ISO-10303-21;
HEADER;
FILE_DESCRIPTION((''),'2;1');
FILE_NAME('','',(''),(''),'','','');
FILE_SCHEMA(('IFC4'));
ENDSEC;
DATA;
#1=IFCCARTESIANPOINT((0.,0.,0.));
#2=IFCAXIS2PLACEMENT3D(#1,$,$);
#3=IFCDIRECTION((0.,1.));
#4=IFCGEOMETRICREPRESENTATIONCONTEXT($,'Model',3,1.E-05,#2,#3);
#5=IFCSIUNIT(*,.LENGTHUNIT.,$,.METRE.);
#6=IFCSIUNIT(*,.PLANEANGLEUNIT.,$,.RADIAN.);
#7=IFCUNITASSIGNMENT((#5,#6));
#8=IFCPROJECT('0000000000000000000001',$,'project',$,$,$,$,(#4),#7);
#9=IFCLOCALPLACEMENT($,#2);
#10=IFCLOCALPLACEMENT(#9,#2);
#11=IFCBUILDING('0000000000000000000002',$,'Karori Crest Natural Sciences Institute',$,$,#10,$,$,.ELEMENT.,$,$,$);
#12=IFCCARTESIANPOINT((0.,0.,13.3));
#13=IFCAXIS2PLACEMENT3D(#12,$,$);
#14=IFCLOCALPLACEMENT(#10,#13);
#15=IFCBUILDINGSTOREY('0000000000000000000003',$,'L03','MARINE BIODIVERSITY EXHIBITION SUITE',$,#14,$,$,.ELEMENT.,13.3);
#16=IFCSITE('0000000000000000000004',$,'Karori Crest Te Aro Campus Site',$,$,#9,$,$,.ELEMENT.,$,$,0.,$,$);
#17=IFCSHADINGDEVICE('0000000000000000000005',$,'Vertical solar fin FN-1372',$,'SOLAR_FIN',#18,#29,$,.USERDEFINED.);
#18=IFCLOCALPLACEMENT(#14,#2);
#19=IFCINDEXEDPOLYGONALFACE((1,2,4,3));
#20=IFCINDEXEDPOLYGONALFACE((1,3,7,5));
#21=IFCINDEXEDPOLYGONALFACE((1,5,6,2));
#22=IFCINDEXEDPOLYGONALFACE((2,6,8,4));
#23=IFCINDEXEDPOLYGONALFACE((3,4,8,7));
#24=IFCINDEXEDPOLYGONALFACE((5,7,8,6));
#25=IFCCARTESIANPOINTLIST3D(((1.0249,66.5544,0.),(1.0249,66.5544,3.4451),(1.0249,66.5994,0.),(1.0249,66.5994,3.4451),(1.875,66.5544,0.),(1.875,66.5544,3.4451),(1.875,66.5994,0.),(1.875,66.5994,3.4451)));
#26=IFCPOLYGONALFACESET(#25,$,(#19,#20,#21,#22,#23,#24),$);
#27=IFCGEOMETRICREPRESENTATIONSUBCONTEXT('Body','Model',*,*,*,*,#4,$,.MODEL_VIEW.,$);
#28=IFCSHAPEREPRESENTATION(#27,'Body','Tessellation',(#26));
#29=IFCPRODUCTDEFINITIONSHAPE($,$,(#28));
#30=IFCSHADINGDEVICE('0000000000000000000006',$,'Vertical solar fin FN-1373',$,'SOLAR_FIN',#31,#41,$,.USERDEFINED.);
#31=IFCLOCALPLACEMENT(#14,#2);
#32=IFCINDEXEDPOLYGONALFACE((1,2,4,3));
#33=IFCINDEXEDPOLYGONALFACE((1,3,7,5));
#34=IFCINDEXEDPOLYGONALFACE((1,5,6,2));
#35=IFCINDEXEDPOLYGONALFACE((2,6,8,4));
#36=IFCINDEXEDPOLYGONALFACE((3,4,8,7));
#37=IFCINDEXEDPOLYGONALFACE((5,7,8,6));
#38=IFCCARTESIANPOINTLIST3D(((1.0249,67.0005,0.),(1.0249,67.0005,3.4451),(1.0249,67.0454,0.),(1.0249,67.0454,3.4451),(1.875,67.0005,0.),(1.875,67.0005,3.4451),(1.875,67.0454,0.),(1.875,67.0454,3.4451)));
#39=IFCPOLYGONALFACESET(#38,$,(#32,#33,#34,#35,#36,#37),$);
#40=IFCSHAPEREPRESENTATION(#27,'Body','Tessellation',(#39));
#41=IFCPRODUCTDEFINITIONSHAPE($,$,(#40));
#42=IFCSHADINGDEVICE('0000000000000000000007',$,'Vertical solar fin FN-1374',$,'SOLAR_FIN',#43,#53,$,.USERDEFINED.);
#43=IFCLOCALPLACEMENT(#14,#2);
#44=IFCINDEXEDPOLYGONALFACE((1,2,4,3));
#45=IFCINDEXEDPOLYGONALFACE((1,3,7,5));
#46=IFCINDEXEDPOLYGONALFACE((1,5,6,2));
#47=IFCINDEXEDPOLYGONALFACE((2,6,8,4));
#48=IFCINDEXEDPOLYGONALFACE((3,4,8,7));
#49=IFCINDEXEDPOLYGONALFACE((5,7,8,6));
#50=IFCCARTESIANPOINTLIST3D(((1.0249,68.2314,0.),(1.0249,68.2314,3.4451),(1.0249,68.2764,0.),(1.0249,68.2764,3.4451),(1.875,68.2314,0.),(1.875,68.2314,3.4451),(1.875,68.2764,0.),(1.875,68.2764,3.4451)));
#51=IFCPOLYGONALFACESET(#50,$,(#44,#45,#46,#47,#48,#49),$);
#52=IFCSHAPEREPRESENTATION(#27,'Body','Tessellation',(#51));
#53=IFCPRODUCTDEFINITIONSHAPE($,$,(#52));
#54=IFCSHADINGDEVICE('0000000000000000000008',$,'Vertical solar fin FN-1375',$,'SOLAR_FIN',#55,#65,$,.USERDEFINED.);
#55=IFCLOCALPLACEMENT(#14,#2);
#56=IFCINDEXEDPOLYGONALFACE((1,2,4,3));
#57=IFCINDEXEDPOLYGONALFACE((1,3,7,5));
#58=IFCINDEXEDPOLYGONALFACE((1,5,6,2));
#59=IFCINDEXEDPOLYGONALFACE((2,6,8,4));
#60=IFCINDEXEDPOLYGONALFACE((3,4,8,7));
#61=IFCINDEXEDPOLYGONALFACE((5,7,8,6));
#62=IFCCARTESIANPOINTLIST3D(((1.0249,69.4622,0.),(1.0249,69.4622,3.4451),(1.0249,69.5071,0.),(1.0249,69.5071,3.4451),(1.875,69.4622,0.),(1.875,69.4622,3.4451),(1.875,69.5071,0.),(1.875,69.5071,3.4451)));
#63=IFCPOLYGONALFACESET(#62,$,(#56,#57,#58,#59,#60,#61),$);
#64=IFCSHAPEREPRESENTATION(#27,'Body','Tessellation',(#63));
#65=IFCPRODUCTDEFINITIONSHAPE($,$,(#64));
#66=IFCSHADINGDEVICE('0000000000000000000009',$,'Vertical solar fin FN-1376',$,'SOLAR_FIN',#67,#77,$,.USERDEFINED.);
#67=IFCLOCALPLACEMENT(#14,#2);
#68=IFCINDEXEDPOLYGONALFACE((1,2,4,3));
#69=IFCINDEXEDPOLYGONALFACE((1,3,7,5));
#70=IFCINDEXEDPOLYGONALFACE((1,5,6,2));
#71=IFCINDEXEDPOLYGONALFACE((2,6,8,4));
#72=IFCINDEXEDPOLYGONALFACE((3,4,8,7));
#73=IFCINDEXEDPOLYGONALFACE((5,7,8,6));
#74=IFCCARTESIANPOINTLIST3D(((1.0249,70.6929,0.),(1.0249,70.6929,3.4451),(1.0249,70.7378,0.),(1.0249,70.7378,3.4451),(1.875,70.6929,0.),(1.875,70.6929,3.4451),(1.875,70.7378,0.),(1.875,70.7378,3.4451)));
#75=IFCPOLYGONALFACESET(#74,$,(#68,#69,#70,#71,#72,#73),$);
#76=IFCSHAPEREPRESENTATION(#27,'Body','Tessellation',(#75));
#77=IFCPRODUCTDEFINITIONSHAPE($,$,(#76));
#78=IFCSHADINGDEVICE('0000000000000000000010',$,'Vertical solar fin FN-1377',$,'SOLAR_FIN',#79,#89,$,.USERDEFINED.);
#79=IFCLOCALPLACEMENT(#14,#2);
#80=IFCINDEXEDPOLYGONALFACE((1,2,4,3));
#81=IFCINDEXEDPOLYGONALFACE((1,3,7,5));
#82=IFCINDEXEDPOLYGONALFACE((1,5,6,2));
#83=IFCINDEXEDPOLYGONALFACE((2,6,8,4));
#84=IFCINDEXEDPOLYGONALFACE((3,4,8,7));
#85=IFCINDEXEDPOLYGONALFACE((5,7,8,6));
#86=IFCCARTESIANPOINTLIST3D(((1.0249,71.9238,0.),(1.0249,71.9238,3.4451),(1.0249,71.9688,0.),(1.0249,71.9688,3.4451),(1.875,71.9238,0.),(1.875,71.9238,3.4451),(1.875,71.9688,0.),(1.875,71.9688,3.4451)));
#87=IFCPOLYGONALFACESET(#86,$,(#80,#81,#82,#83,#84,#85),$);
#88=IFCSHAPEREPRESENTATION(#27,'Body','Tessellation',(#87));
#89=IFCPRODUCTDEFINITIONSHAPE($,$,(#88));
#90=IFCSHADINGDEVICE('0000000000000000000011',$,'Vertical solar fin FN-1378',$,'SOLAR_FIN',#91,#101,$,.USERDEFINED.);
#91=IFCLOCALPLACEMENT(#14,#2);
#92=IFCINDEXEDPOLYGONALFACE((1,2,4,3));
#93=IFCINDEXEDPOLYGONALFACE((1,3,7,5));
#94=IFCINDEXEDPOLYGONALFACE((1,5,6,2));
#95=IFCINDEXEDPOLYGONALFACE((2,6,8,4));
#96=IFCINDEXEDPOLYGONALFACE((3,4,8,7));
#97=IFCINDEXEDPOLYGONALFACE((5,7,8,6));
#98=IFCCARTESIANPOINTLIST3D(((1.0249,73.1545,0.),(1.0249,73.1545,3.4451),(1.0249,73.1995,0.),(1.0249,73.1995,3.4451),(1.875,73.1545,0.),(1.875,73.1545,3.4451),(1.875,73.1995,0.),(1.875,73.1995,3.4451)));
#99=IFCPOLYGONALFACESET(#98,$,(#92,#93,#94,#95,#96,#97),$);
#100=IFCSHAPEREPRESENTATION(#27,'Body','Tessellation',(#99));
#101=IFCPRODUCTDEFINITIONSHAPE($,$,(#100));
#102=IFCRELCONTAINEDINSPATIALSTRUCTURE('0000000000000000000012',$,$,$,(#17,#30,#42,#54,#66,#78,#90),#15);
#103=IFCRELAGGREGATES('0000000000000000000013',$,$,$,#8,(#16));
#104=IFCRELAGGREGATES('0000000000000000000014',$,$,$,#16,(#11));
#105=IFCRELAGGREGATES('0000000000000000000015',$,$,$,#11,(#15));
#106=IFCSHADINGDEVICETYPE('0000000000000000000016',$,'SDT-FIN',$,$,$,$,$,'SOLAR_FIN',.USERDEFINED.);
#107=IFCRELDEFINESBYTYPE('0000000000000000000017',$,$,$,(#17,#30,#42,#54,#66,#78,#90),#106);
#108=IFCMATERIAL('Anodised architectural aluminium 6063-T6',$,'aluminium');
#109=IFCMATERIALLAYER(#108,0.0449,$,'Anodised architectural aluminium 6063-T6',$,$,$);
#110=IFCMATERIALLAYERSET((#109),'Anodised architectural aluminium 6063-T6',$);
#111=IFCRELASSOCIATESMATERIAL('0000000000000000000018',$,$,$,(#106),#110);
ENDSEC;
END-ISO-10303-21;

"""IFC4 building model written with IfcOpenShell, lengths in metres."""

from ifc_helpers import new_model, si_unit, direction, frame, origin, origin_2d, place, context, subcontext, project, spatial, rectangle, extrude, material, layer, layer_set, type_object, element, save


model = new_model("IFC4")

# Units and contexts
model_context = context("Model", 3, precision=1e-05, world=origin(), true_north=direction((0.0, 1.0)))
body_context = subcontext(model_context, "Body", "Model", "MODEL_VIEW")
ifc_project = project(units=[si_unit("LENGTHUNIT", "METRE"), si_unit("PLANEANGLEUNIT", "RADIAN")], contexts=[model_context])

# Site, building, storey
site_placement = place(None, origin())
site = spatial("IfcSite", under=ifc_project, at=site_placement, Name="Karori Crest Te Aro Campus Site", CompositionType="ELEMENT", RefElevation=0.0)
building_placement = place(site_placement, origin())
building = spatial("IfcBuilding", under=site, at=building_placement, Name="Karori Crest Natural Sciences Institute", CompositionType="ELEMENT")
storey_placement = place(building_placement, frame((0.0, 0.0, 13.3)))
storey = spatial("IfcBuildingStorey", under=building, at=storey_placement, Name="L03", Description="MARINE BIODIVERSITY EXHIBITION SUITE", CompositionType="ELEMENT", Elevation=13.3)

# Shared definitions
ifc_material_1 = material(Name="Anodised architectural aluminium 6063-T6", Category="aluminium")

# Shading devices
ifc_layer_1 = layer(ifc_material_1, 0.0449, Name="Anodised architectural aluminium 6063-T6")
ifc_layer_set_1 = layer_set([ifc_layer_1], Name="Anodised architectural aluminium 6063-T6")
shading_device_type = type_object("IfcShadingDeviceType", Name="SDT-FIN", ElementType="SOLAR_FIN", PredefinedType="USERDEFINED", material=ifc_layer_set_1)
for number, where, z_axis, x_axis, name in (
    (1, (1.45, 66.5769, 0.0), (0.0, 0.0, 1.0), (-1.0, 0.0, 0.0), "Vertical solar fin FN-1372"),
    (2, (1.45, 67.0229, 0.0), (0.0, 0.0, 1.0), (-1.0, 0.0, 0.0), "Vertical solar fin FN-1373"),
    (3, (1.45, 68.2539, 0.0), (0.0, 0.0, 1.0), (-1.0, 0.0, 0.0), "Vertical solar fin FN-1374"),
    (4, (1.45, 69.4846, 0.0), (0.0, 0.0, 1.0), (-1.0, 0.0, 0.0), "Vertical solar fin FN-1375"),
    (5, (1.45, 70.7153, 0.0), (0.0, 0.0, 1.0), (-1.0, 0.0, 0.0), "Vertical solar fin FN-1376"),
    (6, (1.45, 71.9463, 0.0), (0.0, 0.0, 1.0), (-1.0, 0.0, 0.0), "Vertical solar fin FN-1377"),
    (7, (1.45, 73.177, 0.0), (0.0, 0.0, 1.0), (-1.0, 0.0, 0.0), "Vertical solar fin FN-1378"),
):
    element("IfcShadingDevice", number, at=place(storey_placement, frame(where, z_axis=z_axis, x_axis=x_axis)), inside=storey, type_object=shading_device_type, Name=name, ObjectType="SOLAR_FIN", PredefinedType="USERDEFINED", context=body_context, shape_type="SweptSolid", body=[
        extrude(rectangle(XDim=0.8501, YDim=0.0449, at=origin_2d()), origin(), (0.0, 0.0, 1.0), 3.4451),
    ])

save(model, "model.ifc")
